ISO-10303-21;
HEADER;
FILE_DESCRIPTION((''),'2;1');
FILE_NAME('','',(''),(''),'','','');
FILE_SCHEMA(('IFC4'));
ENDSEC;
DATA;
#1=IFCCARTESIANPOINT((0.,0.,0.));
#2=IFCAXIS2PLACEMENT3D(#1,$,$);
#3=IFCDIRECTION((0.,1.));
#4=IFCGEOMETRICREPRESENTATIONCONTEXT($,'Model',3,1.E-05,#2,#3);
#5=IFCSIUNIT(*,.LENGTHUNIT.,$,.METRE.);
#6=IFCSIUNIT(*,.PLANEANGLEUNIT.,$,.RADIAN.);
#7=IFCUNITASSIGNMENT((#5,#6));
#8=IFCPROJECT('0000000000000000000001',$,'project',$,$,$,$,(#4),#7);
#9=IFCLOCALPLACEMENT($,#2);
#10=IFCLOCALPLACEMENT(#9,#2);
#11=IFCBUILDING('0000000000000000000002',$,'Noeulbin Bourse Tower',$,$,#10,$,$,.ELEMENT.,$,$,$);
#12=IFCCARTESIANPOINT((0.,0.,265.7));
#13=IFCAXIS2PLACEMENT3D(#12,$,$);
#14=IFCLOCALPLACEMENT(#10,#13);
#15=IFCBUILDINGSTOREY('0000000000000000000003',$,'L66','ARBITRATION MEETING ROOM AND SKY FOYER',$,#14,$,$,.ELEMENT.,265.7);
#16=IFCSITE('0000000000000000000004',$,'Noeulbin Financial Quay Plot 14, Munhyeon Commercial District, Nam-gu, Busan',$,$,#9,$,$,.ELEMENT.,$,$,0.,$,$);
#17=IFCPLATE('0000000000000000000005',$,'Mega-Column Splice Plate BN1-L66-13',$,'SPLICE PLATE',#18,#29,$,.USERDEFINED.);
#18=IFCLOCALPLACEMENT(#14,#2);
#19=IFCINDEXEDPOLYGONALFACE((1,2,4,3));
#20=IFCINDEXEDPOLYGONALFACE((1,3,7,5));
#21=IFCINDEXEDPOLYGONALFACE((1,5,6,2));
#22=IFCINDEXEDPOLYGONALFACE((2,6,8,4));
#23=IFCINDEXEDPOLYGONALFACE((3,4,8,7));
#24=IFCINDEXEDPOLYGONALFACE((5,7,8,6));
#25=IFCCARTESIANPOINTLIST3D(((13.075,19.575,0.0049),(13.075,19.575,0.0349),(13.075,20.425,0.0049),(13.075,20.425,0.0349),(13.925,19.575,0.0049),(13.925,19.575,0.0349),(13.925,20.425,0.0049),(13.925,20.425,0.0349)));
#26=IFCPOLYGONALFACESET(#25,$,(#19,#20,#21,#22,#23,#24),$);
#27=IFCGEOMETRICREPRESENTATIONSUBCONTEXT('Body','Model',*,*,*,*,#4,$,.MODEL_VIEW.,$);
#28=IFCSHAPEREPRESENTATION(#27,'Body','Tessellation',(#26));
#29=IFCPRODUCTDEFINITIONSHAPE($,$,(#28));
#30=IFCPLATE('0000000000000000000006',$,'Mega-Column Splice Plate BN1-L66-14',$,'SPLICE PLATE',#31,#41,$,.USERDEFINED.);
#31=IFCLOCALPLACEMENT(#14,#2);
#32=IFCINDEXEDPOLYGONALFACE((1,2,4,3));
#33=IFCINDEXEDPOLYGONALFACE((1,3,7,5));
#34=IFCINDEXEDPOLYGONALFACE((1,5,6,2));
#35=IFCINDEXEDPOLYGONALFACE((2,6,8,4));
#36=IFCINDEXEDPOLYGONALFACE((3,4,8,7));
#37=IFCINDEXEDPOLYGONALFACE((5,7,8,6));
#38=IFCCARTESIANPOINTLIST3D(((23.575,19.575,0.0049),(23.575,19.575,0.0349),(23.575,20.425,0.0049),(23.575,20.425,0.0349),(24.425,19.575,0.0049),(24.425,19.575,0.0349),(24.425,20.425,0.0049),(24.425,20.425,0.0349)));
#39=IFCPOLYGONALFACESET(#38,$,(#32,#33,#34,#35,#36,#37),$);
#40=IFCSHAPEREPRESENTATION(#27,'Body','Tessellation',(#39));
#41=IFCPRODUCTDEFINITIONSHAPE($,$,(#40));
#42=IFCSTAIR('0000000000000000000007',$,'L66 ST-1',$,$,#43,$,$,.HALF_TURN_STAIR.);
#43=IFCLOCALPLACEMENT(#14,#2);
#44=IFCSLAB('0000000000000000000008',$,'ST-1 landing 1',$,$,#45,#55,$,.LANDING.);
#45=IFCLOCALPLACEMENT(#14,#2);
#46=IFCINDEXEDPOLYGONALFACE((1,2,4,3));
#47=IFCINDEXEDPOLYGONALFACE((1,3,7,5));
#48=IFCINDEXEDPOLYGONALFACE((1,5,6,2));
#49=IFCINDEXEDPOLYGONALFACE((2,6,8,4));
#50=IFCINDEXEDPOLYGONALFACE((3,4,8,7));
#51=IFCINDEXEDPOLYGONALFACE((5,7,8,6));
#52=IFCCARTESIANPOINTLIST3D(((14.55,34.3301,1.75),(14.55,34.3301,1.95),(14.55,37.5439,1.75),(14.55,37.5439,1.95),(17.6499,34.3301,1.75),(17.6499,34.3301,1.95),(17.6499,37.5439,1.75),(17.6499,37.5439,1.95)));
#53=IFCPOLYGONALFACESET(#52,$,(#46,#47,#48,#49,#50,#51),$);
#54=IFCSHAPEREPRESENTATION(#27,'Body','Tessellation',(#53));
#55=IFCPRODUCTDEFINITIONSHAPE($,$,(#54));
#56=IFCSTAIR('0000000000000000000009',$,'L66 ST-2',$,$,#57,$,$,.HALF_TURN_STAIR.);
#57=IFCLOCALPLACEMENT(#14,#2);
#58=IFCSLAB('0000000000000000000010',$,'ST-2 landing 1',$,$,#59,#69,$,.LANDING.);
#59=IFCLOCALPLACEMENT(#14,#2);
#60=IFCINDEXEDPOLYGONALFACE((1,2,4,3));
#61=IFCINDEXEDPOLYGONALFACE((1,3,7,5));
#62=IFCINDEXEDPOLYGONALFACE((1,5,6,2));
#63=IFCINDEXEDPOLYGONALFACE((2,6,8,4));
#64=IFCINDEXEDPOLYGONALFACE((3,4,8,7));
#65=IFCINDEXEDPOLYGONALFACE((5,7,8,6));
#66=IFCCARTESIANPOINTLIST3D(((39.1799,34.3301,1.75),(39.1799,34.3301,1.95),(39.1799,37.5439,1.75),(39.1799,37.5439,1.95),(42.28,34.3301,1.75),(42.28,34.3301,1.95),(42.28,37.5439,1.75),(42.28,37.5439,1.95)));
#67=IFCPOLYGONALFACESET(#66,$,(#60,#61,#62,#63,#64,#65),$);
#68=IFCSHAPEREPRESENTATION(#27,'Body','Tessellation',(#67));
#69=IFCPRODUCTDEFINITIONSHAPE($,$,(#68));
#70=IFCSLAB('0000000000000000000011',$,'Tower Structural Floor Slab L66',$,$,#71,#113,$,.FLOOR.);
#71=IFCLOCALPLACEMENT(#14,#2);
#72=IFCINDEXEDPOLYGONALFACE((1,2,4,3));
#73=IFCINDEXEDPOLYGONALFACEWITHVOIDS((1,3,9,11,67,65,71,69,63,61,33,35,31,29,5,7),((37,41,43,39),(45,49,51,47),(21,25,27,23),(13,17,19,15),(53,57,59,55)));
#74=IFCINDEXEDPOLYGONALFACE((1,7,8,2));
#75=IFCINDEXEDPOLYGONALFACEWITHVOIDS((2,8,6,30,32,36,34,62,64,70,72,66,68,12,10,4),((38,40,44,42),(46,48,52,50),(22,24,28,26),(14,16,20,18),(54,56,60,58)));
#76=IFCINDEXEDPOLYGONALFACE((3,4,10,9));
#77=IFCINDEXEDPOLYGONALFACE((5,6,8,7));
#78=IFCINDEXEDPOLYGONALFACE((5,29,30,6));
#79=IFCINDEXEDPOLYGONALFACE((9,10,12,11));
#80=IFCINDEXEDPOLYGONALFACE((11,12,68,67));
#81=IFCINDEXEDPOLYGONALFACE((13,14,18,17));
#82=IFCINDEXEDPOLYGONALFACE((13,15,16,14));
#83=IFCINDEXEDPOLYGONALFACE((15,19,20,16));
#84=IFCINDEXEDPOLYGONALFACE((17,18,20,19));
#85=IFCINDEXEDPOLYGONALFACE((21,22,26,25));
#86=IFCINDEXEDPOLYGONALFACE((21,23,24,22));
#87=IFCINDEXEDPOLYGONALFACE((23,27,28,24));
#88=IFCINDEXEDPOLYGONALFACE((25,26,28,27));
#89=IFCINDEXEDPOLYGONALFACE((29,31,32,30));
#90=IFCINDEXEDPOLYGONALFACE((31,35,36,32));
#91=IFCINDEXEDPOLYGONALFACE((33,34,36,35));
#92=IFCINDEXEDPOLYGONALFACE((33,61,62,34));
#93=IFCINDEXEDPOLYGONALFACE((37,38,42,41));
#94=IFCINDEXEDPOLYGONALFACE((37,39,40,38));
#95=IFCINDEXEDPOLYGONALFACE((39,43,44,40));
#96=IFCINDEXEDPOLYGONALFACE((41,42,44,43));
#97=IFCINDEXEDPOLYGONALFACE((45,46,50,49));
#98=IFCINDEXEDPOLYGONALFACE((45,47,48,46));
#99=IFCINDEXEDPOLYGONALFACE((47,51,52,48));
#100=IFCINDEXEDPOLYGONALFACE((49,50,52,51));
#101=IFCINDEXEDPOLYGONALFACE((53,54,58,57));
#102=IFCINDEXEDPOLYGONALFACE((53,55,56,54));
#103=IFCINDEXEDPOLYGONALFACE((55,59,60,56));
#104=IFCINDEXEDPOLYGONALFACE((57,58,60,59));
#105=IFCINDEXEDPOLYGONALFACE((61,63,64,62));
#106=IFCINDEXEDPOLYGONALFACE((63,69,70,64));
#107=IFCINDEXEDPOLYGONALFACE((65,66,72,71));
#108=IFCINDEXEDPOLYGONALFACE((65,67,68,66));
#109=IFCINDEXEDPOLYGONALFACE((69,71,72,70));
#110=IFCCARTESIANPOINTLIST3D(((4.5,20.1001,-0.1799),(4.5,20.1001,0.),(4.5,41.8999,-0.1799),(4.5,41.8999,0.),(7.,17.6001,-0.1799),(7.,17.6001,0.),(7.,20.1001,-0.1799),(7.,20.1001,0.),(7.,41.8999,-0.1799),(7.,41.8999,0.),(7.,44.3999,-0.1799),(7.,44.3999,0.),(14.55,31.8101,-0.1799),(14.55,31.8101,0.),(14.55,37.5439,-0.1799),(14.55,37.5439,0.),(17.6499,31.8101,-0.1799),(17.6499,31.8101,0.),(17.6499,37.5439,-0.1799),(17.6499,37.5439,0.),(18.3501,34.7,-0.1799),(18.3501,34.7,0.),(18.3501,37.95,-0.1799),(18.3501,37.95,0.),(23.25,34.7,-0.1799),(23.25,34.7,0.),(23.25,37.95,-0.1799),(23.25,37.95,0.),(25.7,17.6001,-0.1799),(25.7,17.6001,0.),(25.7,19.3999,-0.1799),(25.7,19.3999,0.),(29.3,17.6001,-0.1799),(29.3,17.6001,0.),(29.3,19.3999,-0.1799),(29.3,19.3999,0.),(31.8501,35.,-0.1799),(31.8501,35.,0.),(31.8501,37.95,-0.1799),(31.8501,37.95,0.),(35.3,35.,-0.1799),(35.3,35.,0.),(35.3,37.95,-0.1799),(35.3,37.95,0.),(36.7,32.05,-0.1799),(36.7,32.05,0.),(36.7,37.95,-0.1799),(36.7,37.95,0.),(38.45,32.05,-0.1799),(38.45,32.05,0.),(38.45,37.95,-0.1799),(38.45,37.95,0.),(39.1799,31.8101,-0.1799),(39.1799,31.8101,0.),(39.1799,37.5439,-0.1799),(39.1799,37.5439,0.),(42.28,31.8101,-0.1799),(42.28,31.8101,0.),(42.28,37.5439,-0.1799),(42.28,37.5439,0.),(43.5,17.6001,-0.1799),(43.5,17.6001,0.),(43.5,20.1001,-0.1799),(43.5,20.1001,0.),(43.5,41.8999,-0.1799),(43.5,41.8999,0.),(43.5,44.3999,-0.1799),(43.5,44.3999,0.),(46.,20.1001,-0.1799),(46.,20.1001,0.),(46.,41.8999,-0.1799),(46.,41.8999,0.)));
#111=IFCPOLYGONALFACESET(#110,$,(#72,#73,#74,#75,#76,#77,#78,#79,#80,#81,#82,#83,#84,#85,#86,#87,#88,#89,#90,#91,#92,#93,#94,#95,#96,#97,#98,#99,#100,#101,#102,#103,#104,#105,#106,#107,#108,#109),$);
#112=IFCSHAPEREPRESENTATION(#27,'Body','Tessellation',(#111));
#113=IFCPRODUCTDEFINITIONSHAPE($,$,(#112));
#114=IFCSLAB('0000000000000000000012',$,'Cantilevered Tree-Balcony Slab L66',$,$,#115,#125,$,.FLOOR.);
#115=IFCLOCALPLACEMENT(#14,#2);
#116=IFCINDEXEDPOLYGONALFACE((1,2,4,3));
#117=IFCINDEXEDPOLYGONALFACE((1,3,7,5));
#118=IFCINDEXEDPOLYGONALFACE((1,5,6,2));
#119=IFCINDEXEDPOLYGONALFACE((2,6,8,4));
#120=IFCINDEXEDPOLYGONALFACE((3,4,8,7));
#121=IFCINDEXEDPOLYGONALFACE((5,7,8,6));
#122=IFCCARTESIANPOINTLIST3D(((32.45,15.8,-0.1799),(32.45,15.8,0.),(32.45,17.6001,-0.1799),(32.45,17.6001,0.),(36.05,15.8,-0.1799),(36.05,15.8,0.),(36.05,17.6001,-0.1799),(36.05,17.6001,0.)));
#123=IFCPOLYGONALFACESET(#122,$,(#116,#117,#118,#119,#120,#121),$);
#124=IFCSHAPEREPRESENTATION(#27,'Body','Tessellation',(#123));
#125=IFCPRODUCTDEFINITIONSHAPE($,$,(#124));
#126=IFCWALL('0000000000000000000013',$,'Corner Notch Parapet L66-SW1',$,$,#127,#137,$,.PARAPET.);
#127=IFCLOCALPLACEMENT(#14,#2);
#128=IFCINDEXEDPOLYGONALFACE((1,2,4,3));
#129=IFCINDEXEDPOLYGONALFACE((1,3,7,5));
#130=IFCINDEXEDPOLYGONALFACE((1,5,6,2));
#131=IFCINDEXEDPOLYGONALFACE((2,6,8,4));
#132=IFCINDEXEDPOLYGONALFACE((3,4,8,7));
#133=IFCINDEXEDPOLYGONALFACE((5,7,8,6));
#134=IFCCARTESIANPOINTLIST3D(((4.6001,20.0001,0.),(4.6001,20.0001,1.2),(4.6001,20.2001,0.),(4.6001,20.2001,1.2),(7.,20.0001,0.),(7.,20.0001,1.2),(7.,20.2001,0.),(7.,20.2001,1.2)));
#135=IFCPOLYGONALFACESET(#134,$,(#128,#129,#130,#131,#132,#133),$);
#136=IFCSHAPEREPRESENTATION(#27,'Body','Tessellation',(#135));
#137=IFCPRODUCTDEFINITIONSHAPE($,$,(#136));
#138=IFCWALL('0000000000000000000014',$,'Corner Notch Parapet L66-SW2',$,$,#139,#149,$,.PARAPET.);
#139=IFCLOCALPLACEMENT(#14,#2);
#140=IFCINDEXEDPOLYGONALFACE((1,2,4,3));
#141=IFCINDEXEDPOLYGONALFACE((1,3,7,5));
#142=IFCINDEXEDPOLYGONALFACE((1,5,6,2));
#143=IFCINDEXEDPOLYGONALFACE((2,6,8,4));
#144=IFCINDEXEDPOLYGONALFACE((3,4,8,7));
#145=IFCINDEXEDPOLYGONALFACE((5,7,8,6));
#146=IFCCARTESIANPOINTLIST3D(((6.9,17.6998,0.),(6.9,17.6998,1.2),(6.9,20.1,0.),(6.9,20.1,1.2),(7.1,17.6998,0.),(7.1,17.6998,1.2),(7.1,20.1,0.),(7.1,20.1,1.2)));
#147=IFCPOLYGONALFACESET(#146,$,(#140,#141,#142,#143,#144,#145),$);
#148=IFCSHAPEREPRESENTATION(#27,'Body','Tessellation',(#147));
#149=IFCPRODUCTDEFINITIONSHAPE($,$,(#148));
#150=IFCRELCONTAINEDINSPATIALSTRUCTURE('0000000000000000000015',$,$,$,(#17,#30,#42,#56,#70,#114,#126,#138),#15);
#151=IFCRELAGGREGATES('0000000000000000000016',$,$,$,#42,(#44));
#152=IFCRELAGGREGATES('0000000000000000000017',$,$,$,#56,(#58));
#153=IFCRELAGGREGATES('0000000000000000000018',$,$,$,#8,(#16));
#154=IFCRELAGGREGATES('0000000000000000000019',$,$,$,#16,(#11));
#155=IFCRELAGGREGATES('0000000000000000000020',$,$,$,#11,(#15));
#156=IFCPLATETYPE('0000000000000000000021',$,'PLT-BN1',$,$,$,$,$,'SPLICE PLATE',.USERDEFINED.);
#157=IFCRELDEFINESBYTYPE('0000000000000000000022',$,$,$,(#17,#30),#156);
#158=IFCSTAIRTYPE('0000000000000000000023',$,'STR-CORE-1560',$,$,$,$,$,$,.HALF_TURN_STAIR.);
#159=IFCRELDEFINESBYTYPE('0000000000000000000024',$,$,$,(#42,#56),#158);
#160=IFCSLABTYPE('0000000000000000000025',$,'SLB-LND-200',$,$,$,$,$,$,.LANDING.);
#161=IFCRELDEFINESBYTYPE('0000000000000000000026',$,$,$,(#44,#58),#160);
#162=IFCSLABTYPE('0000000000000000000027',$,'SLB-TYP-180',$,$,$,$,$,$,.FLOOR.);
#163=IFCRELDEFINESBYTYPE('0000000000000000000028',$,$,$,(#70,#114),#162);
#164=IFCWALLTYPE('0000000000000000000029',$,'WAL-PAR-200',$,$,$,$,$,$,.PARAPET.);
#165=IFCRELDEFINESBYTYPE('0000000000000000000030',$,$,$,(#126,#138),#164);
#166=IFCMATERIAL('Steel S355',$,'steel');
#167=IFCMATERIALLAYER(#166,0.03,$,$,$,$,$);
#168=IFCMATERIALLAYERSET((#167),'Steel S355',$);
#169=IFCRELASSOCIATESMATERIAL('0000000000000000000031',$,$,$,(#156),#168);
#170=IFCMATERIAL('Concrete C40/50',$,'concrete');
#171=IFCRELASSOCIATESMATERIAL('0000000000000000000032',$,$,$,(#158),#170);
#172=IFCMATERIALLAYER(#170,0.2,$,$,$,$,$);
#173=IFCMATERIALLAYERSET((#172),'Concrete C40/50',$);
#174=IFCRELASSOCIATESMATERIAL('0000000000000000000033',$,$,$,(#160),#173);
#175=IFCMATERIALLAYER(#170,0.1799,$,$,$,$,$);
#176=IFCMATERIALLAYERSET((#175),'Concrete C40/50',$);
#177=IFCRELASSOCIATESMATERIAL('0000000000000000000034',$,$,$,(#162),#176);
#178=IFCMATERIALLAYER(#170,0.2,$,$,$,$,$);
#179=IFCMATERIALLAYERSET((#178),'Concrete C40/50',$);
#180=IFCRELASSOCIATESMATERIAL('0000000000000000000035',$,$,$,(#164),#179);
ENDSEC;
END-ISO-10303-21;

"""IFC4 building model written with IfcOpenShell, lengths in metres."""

from ifc_helpers import new_model, si_unit, direction, frame, frame_2d, origin, origin_2d, place, context, subcontext, project, spatial, polyline, rectangle, outline, extrude, material, layer, layer_set, type_object, element, aggregate, save


model = new_model("IFC4")

# Units and contexts
model_context = context("Model", 3, precision=1e-05, world=origin(), true_north=direction((0.0, 1.0)))
body_context = subcontext(model_context, "Body", "Model", "MODEL_VIEW")
ifc_project = project(units=[si_unit("LENGTHUNIT", "METRE"), si_unit("PLANEANGLEUNIT", "RADIAN")], contexts=[model_context])

# Site, building, storey
site_placement = place(None, origin())
site = spatial("IfcSite", under=ifc_project, at=site_placement, Name="Noeulbin Financial Quay Plot 14, Munhyeon Commercial District, Nam-gu, Busan", CompositionType="ELEMENT", RefElevation=0.0)
building_placement = place(site_placement, origin())
building = spatial("IfcBuilding", under=site, at=building_placement, Name="Noeulbin Bourse Tower", CompositionType="ELEMENT")
storey_placement = place(building_placement, frame((0.0, 0.0, 265.7)))
storey = spatial("IfcBuildingStorey", under=building, at=storey_placement, Name="L66", Description="ARBITRATION MEETING ROOM AND SKY FOYER", CompositionType="ELEMENT", Elevation=265.7)

# Shared definitions
ifc_material_1 = material(Name="Steel S355", Category="steel")

# Plates
ifc_layer_1 = layer(ifc_material_1, 0.03)
ifc_layer_set_1 = layer_set([ifc_layer_1], Name="Steel S355")
plate_type_1 = type_object("IfcPlateType", Name="PLT-BN1", ElementType="SPLICE PLATE", PredefinedType="USERDEFINED", material=ifc_layer_set_1)
for number, where, z_axis, x_axis, name in (
    (1, (13.5, 20.0, 0.0049), (0.0, 0.0, 1.0), (1.0, 0.0, 0.0), "Mega-Column Splice Plate BN1-L66-13"),
    (2, (24.0, 20.0, 0.0049), (0.0, 0.0, 1.0), (1.0, 0.0, 0.0), "Mega-Column Splice Plate BN1-L66-14"),
):
    element("IfcPlate", number, at=place(storey_placement, frame(where, z_axis=z_axis, x_axis=x_axis)), inside=storey, type_object=plate_type_1, Name=name, ObjectType="SPLICE PLATE", PredefinedType="USERDEFINED", context=body_context, shape_type="SweptSolid", body=[
        extrude(rectangle(XDim=0.8501, YDim=0.8501, at=origin_2d()), origin(), (0.0, 0.0, 1.0), 0.03),
    ])

# Stairs, slabs
ifc_material_2 = material(Name="Concrete C40/50", Category="concrete")
stair_type = type_object("IfcStairType", Name="STR-CORE-1560", PredefinedType="HALF_TURN_STAIR", material=ifc_material_2)
stair_1_placement = place(storey_placement, origin())
stair_1 = element("IfcStair", 3, at=stair_1_placement, inside=storey, type_object=stair_type, Name="L66 ST-1", PredefinedType="HALF_TURN_STAIR")
ifc_layer_2 = layer(ifc_material_2, 0.2)
ifc_layer_set_2 = layer_set([ifc_layer_2], Name="Concrete C40/50")
slab_type_1 = type_object("IfcSlabType", Name="SLB-LND-200", PredefinedType="LANDING", material=ifc_layer_set_2)
slab_1_placement = place(storey_placement, frame((0.0, 0.0, 1.75)))
slab_1 = element("IfcSlab", 4, at=slab_1_placement, type_object=slab_type_1, Name="ST-1 landing 1", PredefinedType="LANDING", context=body_context, shape_type="SweptSolid", body=[
    extrude(outline(polyline([(17.6499, 34.3301), (17.6499, 37.5439), (14.55, 37.5439), (14.55, 34.3301), (17.6499, 34.3301)])), origin(), (0.0, 0.0, 1.0), 0.2),
])
aggregate(stair_1, [slab_1])
stair_2_placement = place(storey_placement, origin())
stair_2 = element("IfcStair", 5, at=stair_2_placement, inside=storey, type_object=stair_type, Name="L66 ST-2", PredefinedType="HALF_TURN_STAIR")
slab_2_placement = place(storey_placement, frame((0.0, 0.0, 1.75)))
slab_2 = element("IfcSlab", 6, at=slab_2_placement, type_object=slab_type_1, Name="ST-2 landing 1", PredefinedType="LANDING", context=body_context, shape_type="SweptSolid", body=[
    extrude(outline(polyline([(42.28, 34.3301), (42.28, 37.5439), (39.1799, 37.5439), (39.1799, 34.3301), (42.28, 34.3301)])), origin(), (0.0, 0.0, 1.0), 0.2),
])
aggregate(stair_2, [slab_2])

# Slab, openings
ifc_layer_3 = layer(ifc_material_2, 0.1799)
ifc_layer_set_3 = layer_set([ifc_layer_3], Name="Concrete C40/50")
slab_type_2 = type_object("IfcSlabType", Name="SLB-TYP-180", PredefinedType="FLOOR", material=ifc_layer_set_3)
slab_3_placement = place(storey_placement, frame((0.0, 0.0, -0.1799)))
slab_3 = element("IfcSlab", 7, at=slab_3_placement, inside=storey, type_object=slab_type_2, Name="Tower Structural Floor Slab L66", PredefinedType="FLOOR", context=body_context, shape_type="SweptSolid", body=[
    extrude(outline(polyline([(7.0, 17.6001), (25.7, 17.6001), (25.7, 19.3999), (29.3, 19.3999), (29.3, 17.6001), (43.5, 17.6001), (43.5, 20.1001), (46.0, 20.1001), (46.0, 41.8999), (43.5, 41.8999), (43.5, 44.3999), (7.0, 44.3999), (7.0, 41.8999), (4.5, 41.8999), (4.5, 20.1001), (7.0, 20.1001), (7.0, 17.6001)]), holes=[polyline([(17.6499, 31.8101), (17.6499, 37.5439), (14.55, 37.5439), (14.55, 31.8101), (17.6499, 31.8101)]), polyline([(42.28, 31.8101), (42.28, 37.5439), (39.1799, 37.5439), (39.1799, 31.8101), (42.28, 31.8101)]), polyline([(18.3501, 34.7), (23.25, 34.7), (23.25, 37.95), (18.3501, 37.95), (18.3501, 34.7)]), polyline([(36.7, 32.05), (38.45, 32.05), (38.45, 37.95), (36.7, 37.95), (36.7, 32.05)]), polyline([(31.8501, 35.0), (35.3, 35.0), (35.3, 37.95), (31.8501, 37.95), (31.8501, 35.0)])]), origin(), (0.0, 0.0, 1.0), 0.1799),
])
opening_1_placement = place(slab_3_placement, frame((0.0, 0.0, -0.01)))
element("IfcOpeningElement", 8, at=opening_1_placement, cuts=slab_3, PredefinedType="OPENING", context=body_context, shape_type="SweptSolid", body=[
    extrude(outline(polyline([(17.6499, 31.8101), (17.6499, 37.5439), (14.55, 37.5439), (14.55, 31.8101), (17.6499, 31.8101)])), origin(), (0.0, 0.0, 1.0), 0.2),
])
opening_2_placement = place(slab_3_placement, frame((0.0, 0.0, -0.01)))
element("IfcOpeningElement", 9, at=opening_2_placement, cuts=slab_3, PredefinedType="OPENING", context=body_context, shape_type="SweptSolid", body=[
    extrude(outline(polyline([(42.28, 31.8101), (42.28, 37.5439), (39.1799, 37.5439), (39.1799, 31.8101), (42.28, 31.8101)])), origin(), (0.0, 0.0, 1.0), 0.2),
])
opening_3_placement = place(slab_3_placement, frame((0.0, 0.0, -0.01)))
element("IfcOpeningElement", 10, at=opening_3_placement, cuts=slab_3, PredefinedType="OPENING", context=body_context, shape_type="SweptSolid", body=[
    extrude(outline(polyline([(18.3501, 34.7), (23.25, 34.7), (23.25, 37.95), (18.3501, 37.95), (18.3501, 34.7)])), origin(), (0.0, 0.0, 1.0), 0.2),
])
opening_4_placement = place(slab_3_placement, frame((0.0, 0.0, -0.01)))
element("IfcOpeningElement", 11, at=opening_4_placement, cuts=slab_3, PredefinedType="OPENING", context=body_context, shape_type="SweptSolid", body=[
    extrude(outline(polyline([(36.7, 32.05), (38.45, 32.05), (38.45, 37.95), (36.7, 37.95), (36.7, 32.05)])), origin(), (0.0, 0.0, 1.0), 0.2),
])
opening_5_placement = place(slab_3_placement, frame((0.0, 0.0, -0.01)))
element("IfcOpeningElement", 12, at=opening_5_placement, cuts=slab_3, PredefinedType="OPENING", context=body_context, shape_type="SweptSolid", body=[
    extrude(outline(polyline([(31.8501, 35.0), (35.3, 35.0), (35.3, 37.95), (31.8501, 37.95), (31.8501, 35.0)])), origin(), (0.0, 0.0, 1.0), 0.2),
])

# Slab
slab_4_placement = place(storey_placement, frame((0.0, 0.0, -0.1799)))
element("IfcSlab", 13, at=slab_4_placement, inside=storey, type_object=slab_type_2, Name="Cantilevered Tree-Balcony Slab L66", PredefinedType="FLOOR", context=body_context, shape_type="SweptSolid", body=[
    extrude(outline(polyline([(32.45, 15.8), (36.05, 15.8), (36.05, 17.6001), (32.45, 17.6001), (32.45, 15.8)])), origin(), (0.0, 0.0, 1.0), 0.1799),
])

# Walls
ifc_layer_4 = layer(ifc_material_2, 0.2)
ifc_layer_set_4 = layer_set([ifc_layer_4], Name="Concrete C40/50")
wall_type_1 = type_object("IfcWallType", Name="WAL-PAR-200", PredefinedType="PARAPET", material=ifc_layer_set_4)
wall_1_placement = place(storey_placement, frame((4.6001, 20.1001, 0.0), z_axis=(0.0, 0.0, 1.0), x_axis=(1.0, 0.0, 0.0)))
element("IfcWall", 14, at=wall_1_placement, inside=storey, type_object=wall_type_1, Name="Corner Notch Parapet L66-SW1", PredefinedType="PARAPET", context=body_context, shape_type="SweptSolid", body=[
    extrude(rectangle(XDim=2.3999, YDim=0.2, at=frame_2d((1.2, 0.0))), origin(), (0.0, 0.0, 1.0), 1.2),
])
wall_2_placement = place(storey_placement, frame((7.0, 20.1001, 0.0), z_axis=(0.0, 0.0, 1.0), x_axis=(0.0, -1.0, 0.0)))
element("IfcWall", 15, at=wall_2_placement, inside=storey, type_object=wall_type_1, Name="Corner Notch Parapet L66-SW2", PredefinedType="PARAPET", context=body_context, shape_type="SweptSolid", body=[
    extrude(rectangle(XDim=2.4001, YDim=0.2, at=frame_2d((1.2002, 0.0))), origin(), (0.0, 0.0, 1.0), 1.2),
])

save(model, "model.ifc")
